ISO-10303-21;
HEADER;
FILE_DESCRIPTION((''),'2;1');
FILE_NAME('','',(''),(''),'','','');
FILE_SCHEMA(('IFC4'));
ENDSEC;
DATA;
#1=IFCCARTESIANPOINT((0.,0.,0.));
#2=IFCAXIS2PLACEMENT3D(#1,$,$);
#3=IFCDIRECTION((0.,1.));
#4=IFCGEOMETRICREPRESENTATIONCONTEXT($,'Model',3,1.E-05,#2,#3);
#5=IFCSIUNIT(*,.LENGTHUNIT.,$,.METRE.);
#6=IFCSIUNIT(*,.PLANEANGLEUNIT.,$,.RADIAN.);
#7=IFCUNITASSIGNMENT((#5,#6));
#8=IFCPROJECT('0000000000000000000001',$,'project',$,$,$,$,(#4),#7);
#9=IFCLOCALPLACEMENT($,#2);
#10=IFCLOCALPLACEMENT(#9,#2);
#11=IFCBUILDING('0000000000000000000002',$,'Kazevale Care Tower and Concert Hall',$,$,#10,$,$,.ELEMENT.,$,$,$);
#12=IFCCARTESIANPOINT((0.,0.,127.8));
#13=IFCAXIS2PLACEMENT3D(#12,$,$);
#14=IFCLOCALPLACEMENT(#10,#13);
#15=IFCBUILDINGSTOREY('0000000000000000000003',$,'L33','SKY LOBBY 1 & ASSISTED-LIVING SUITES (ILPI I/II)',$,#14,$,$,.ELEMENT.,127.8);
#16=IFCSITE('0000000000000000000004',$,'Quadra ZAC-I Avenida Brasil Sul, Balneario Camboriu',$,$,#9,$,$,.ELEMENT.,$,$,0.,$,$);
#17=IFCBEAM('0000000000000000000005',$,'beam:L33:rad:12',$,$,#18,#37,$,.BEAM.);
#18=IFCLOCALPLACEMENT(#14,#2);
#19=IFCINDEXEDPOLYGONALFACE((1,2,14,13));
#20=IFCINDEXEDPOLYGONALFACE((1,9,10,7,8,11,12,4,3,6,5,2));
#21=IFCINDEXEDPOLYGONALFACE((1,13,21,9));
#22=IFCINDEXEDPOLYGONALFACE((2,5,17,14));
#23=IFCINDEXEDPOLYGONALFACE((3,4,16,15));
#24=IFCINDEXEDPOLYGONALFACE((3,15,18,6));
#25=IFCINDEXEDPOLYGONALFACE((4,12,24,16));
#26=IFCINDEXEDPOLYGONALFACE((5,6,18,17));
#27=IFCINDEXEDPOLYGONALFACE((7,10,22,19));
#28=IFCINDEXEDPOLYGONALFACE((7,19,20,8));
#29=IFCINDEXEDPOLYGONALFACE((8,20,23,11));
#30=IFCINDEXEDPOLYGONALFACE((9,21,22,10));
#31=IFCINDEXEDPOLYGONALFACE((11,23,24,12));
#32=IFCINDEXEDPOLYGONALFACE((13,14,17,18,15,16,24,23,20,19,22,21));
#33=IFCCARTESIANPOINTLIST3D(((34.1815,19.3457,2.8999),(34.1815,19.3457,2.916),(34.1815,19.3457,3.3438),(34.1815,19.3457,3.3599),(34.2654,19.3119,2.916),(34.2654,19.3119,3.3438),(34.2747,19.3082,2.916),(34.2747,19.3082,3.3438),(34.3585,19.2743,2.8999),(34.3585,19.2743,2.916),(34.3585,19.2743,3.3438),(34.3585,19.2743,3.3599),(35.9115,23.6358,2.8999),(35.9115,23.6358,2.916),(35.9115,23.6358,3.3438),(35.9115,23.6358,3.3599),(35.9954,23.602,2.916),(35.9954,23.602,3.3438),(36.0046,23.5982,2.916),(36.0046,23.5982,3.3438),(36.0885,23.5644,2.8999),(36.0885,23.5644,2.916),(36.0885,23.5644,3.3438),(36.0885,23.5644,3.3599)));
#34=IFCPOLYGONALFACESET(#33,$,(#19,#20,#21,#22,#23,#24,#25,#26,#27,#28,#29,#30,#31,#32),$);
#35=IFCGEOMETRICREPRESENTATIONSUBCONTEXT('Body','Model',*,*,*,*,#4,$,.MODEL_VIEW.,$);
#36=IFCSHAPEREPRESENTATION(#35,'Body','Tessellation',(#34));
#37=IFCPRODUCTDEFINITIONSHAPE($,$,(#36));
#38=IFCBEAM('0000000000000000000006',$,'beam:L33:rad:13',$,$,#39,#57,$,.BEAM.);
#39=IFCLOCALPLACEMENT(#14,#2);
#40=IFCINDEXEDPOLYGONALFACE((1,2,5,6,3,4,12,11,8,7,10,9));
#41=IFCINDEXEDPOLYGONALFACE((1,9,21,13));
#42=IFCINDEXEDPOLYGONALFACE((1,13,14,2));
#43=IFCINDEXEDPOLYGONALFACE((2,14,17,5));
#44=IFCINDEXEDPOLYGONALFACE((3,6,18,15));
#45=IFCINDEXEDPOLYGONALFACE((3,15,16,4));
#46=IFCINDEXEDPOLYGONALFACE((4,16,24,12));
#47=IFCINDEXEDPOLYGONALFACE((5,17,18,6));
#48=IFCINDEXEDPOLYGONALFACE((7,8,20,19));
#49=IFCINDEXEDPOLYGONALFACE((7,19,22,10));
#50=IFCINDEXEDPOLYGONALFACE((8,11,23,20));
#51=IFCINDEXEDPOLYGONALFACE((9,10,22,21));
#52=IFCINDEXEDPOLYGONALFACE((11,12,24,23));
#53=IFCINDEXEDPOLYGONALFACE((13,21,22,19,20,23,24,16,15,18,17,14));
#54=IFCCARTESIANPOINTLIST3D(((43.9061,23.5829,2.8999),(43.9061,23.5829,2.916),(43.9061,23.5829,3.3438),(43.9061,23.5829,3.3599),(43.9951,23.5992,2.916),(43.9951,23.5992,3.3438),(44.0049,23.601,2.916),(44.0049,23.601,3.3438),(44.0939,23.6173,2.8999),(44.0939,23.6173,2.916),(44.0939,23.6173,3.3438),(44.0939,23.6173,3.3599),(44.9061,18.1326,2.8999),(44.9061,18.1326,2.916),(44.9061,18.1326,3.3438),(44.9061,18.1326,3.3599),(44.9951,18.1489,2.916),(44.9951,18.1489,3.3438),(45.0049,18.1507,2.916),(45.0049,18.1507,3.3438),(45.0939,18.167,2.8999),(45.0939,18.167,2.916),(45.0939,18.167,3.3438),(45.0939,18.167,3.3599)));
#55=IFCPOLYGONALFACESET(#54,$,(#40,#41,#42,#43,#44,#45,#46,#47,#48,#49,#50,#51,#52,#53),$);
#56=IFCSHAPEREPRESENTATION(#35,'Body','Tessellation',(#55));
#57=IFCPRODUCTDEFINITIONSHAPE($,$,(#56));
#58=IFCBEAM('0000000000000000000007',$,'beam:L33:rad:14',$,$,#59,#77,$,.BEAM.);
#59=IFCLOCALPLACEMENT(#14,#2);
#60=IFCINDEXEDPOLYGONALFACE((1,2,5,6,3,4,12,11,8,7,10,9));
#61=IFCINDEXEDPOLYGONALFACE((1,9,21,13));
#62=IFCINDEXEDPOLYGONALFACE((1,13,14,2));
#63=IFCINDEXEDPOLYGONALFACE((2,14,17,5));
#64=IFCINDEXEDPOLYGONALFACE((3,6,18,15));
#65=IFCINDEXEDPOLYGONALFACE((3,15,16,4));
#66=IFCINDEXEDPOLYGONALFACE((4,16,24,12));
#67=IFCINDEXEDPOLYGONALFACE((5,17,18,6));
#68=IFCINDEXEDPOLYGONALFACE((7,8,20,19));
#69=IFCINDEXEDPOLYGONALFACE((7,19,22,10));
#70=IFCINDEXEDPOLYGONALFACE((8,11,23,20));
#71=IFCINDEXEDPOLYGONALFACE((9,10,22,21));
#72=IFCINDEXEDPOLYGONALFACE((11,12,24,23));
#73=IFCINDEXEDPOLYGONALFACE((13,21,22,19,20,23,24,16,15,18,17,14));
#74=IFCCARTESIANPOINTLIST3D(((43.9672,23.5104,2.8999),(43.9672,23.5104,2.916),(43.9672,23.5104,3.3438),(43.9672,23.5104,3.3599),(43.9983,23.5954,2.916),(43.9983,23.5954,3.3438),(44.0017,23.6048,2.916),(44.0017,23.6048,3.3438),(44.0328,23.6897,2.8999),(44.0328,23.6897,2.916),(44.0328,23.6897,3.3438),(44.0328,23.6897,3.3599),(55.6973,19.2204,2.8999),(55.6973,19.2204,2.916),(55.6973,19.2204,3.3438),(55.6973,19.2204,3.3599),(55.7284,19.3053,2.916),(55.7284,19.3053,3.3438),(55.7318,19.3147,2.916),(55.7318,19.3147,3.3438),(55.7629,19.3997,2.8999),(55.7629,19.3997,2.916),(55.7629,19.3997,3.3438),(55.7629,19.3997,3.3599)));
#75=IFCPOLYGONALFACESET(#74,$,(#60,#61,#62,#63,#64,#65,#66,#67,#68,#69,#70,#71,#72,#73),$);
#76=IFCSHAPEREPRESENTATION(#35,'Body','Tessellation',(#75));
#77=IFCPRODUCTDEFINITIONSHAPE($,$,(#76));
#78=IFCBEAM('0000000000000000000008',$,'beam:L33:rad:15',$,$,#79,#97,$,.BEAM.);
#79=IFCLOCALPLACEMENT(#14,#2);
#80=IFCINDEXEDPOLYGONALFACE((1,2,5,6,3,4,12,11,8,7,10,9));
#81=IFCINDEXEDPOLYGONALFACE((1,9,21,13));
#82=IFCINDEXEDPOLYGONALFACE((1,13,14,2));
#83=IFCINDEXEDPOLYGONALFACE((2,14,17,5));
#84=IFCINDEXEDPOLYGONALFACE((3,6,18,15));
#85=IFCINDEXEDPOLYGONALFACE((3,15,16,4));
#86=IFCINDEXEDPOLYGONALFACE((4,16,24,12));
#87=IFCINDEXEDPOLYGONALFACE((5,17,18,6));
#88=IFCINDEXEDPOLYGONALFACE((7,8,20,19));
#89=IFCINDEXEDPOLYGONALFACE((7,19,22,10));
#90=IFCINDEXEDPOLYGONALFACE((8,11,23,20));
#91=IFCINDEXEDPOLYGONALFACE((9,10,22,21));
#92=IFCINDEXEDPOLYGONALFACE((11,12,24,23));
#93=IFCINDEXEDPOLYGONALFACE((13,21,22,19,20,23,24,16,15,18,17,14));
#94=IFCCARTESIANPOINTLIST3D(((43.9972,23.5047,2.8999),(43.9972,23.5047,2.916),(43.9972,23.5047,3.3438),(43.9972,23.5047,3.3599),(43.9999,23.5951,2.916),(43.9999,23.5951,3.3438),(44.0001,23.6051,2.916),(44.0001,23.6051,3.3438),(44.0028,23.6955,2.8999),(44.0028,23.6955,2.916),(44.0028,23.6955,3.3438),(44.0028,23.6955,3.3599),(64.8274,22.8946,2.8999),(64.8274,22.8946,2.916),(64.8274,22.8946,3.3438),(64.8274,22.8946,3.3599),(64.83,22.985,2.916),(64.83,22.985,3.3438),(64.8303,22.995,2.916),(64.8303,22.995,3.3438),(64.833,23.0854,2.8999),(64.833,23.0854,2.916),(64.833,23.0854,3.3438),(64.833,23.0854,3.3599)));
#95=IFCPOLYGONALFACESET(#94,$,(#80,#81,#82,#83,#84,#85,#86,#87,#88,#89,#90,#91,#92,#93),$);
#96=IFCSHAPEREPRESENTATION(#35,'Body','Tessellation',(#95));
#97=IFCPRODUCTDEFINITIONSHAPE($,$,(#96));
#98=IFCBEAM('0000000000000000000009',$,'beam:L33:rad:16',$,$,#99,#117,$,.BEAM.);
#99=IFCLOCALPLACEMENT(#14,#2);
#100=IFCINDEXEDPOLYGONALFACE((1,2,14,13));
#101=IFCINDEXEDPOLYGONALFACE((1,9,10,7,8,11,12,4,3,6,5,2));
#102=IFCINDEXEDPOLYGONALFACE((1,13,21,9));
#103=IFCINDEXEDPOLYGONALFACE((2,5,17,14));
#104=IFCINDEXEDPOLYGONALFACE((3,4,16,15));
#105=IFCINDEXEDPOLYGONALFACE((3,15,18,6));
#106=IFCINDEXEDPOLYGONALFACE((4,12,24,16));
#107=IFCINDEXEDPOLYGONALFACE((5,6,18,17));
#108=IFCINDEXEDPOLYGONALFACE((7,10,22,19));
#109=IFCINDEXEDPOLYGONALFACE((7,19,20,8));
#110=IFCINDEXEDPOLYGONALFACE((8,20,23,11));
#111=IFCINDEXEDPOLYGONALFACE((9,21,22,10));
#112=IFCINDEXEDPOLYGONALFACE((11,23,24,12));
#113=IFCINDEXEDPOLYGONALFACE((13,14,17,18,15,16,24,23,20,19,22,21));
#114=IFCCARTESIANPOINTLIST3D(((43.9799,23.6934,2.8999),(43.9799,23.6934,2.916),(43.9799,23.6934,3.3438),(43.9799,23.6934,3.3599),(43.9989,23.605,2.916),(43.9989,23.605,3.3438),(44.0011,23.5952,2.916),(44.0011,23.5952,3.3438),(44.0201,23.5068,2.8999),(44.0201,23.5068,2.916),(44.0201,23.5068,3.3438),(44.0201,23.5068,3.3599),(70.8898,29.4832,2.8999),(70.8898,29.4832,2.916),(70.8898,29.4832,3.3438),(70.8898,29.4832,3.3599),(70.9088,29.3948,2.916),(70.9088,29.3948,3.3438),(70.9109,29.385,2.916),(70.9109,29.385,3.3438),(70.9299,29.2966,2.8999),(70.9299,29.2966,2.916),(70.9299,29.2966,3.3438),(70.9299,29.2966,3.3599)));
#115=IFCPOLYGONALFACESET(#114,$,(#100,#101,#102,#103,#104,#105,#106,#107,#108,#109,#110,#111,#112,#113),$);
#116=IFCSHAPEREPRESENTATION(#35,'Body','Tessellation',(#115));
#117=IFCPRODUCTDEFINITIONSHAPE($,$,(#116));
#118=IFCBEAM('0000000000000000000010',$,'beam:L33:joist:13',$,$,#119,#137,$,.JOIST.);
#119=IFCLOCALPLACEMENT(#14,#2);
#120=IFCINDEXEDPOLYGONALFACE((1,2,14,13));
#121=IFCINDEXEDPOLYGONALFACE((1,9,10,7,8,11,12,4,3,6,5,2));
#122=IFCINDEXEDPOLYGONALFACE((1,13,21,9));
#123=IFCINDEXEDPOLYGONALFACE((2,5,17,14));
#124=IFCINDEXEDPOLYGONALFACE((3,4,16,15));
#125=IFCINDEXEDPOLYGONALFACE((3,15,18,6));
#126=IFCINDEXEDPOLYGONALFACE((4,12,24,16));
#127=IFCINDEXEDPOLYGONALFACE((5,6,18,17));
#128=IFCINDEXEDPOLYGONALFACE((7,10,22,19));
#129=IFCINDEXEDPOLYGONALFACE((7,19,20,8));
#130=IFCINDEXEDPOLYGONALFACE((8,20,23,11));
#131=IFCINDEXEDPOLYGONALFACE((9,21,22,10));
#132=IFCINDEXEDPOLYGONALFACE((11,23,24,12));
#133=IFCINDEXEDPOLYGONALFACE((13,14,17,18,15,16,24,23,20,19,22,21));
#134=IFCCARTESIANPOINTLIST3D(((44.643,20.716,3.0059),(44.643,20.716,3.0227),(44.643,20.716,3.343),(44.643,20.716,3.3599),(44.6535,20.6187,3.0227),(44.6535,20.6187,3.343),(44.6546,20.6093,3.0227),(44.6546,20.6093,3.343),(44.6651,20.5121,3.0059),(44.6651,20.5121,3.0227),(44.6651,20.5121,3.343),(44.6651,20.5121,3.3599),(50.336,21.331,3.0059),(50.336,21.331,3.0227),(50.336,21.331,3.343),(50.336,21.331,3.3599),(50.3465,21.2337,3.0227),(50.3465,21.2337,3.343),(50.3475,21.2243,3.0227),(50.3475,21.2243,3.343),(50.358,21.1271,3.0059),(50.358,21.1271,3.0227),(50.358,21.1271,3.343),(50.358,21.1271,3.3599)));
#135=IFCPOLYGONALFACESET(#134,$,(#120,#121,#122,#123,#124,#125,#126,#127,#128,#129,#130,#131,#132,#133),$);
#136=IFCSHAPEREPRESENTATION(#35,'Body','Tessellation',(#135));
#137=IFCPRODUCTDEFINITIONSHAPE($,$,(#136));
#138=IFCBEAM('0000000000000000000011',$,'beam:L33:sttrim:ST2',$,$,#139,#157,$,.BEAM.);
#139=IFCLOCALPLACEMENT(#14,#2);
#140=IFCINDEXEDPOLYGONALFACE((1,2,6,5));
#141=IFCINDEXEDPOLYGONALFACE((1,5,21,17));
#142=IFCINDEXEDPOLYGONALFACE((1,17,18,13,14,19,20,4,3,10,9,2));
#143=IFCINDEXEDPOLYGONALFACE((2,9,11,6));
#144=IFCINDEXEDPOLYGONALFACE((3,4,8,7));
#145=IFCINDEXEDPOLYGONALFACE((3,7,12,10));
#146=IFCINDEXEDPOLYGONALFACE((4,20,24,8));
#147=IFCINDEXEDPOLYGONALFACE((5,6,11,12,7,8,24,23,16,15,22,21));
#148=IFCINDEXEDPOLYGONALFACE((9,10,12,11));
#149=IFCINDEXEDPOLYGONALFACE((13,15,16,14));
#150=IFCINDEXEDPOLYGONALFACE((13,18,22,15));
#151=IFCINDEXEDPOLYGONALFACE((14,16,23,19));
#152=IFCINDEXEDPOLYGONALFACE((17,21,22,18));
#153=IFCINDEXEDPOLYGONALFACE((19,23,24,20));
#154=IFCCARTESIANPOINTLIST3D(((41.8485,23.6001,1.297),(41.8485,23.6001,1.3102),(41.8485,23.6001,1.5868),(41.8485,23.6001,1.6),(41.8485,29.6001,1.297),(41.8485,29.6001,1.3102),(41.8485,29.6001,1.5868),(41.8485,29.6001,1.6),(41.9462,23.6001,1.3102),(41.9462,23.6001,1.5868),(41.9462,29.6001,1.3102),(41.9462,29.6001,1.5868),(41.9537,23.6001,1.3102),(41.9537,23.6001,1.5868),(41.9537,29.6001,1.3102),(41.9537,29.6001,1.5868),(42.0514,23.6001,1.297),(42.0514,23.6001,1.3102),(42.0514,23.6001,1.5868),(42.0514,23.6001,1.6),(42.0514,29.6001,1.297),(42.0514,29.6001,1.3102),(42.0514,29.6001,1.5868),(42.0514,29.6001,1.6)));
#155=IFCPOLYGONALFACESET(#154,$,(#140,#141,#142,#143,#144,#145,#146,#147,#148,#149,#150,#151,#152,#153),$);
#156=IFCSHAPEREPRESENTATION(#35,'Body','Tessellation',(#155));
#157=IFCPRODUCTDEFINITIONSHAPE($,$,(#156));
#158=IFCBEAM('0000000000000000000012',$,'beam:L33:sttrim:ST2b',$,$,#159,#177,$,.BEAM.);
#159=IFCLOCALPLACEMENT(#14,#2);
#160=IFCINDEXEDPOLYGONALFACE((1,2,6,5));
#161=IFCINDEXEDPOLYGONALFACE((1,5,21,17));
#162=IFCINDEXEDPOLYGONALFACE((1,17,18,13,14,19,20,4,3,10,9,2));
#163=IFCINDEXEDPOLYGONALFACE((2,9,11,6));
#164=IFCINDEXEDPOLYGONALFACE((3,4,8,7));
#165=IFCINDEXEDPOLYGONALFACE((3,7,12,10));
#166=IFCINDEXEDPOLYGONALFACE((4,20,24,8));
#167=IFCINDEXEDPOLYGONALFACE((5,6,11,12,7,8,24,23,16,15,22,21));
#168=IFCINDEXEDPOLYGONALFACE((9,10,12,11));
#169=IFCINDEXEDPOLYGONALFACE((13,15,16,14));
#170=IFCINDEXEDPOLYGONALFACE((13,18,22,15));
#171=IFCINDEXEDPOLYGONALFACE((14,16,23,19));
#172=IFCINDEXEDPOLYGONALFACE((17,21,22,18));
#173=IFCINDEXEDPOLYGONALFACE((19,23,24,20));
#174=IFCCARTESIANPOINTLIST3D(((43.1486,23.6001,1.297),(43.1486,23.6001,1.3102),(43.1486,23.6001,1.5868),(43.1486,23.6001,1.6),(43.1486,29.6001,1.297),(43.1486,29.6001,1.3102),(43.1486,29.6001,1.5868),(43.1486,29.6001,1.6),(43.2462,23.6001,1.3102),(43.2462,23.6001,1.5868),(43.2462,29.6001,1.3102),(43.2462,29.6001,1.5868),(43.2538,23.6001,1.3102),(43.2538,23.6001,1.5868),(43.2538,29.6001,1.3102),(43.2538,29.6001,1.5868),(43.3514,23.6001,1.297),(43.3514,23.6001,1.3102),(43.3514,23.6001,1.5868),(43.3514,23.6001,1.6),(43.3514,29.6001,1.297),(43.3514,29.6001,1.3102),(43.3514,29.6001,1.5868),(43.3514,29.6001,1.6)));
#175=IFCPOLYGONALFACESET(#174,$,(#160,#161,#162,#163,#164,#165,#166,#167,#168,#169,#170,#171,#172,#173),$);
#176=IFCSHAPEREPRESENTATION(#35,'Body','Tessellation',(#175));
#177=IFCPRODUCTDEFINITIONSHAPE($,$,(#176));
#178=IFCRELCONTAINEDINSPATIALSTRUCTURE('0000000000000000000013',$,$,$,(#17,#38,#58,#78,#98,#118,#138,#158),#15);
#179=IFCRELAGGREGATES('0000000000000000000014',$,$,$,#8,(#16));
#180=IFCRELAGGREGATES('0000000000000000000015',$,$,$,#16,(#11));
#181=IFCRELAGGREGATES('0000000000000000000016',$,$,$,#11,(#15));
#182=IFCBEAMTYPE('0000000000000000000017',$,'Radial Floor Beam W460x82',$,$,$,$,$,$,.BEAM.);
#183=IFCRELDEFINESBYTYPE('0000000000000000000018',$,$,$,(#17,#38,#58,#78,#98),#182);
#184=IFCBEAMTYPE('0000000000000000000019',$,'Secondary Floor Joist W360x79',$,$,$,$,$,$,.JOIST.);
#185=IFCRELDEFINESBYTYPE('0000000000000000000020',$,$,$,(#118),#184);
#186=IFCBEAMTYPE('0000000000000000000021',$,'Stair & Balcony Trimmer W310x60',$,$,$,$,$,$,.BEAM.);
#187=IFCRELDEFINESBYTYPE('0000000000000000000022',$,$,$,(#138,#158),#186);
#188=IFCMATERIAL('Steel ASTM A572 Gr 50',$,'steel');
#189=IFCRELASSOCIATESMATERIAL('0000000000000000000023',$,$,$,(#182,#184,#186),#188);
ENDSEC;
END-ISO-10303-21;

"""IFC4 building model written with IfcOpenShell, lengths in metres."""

from ifc_helpers import new_model, si_unit, direction, frame, origin, origin_2d, place, context, subcontext, project, spatial, i_section, extrude, material, material_profile, profile_set, type_object, element, save


model = new_model("IFC4")

# Units and contexts
model_context = context("Model", 3, precision=1e-05, world=origin(), true_north=direction((0.0, 1.0)))
body_context = subcontext(model_context, "Body", "Model", "MODEL_VIEW")
ifc_project = project(units=[si_unit("LENGTHUNIT", "METRE"), si_unit("PLANEANGLEUNIT", "RADIAN")], contexts=[model_context])

# Site, building, storey
site_placement = place(None, origin())
site = spatial("IfcSite", under=ifc_project, at=site_placement, Name="Quadra ZAC-I Avenida Brasil Sul, Balneario Camboriu", CompositionType="ELEMENT", RefElevation=0.0)
building_placement = place(site_placement, origin())
building = spatial("IfcBuilding", under=site, at=building_placement, Name="Kazevale Care Tower and Concert Hall", CompositionType="ELEMENT")
storey_placement = place(building_placement, frame((0.0, 0.0, 127.8)))
storey = spatial("IfcBuildingStorey", under=building, at=storey_placement, Name="L33", Description="SKY LOBBY 1 & ASSISTED-LIVING SUITES (ILPI I/II)", CompositionType="ELEMENT", Elevation=127.8)

# Beams
ifc_material_1 = material(Name="Steel ASTM A572 Gr 50", Category="steel")
ifc_material_profile_1 = material_profile(ifc_material_1, i_section(OverallWidth=0.1909, OverallDepth=0.46, WebThickness=0.01, FlangeThickness=0.0161, at=origin_2d()), Name="W460x82")
ifc_profile_set_1 = profile_set([ifc_material_profile_1], Name="Steel ASTM A572 Gr 50")
beam_type_1 = type_object("IfcBeamType", Name="Radial Floor Beam W460x82", PredefinedType="BEAM", material=ifc_profile_set_1)
beam_1_placement = place(storey_placement, frame((36.0, 23.6001, 3.1299), z_axis=(-0.373992, -0.927432, 0.0), x_axis=(0.927432, -0.373992, 0.0)))
element("IfcBeam", 1, at=beam_1_placement, inside=storey, type_object=beam_type_1, Name="beam:L33:rad:12", PredefinedType="BEAM", context=body_context, shape_type="SweptSolid", body=[
    extrude(i_section(OverallWidth=0.1909, OverallDepth=0.46, WebThickness=0.01, FlangeThickness=0.0161, at=origin_2d()), origin(), (0.0, 0.0, 1.0), 4.6257),
])
beam_2_placement = place(storey_placement, frame((44.0, 23.6001, 3.1299), z_axis=(0.180467, -0.983581, 0.0), x_axis=(0.983581, 0.180467, 0.0)))
element("IfcBeam", 2, at=beam_2_placement, inside=storey, type_object=beam_type_1, Name="beam:L33:rad:13", PredefinedType="BEAM", context=body_context, shape_type="SweptSolid", body=[
    extrude(i_section(OverallWidth=0.1909, OverallDepth=0.46, WebThickness=0.01, FlangeThickness=0.0161, at=origin_2d()), origin(), (0.0, 0.0, 1.0), 5.5413),
])
beam_3_placement = place(storey_placement, frame((44.0, 23.6001, 3.1299), z_axis=(0.939159, -0.343481, 0.0), x_axis=(0.343481, 0.939159, 0.0)))
element("IfcBeam", 3, at=beam_3_placement, inside=storey, type_object=beam_type_1, Name="beam:L33:rad:14", PredefinedType="BEAM", context=body_context, shape_type="SweptSolid", body=[
    extrude(i_section(OverallWidth=0.1909, OverallDepth=0.46, WebThickness=0.01, FlangeThickness=0.0161, at=origin_2d()), origin(), (0.0, 0.0, 1.0), 12.49),
])
beam_4_placement = place(storey_placement, frame((44.0, 23.6001, 3.1299), z_axis=(0.999571, -0.029277, 0.0), x_axis=(0.029277, 0.999571, 0.0)))
element("IfcBeam", 4, at=beam_4_placement, inside=storey, type_object=beam_type_1, Name="beam:L33:rad:15", PredefinedType="BEAM", context=body_context, shape_type="SweptSolid", body=[
    extrude(i_section(OverallWidth=0.1909, OverallDepth=0.46, WebThickness=0.01, FlangeThickness=0.0161, at=origin_2d()), origin(), (0.0, 0.0, 1.0), 20.8391),
])
beam_5_placement = place(storey_placement, frame((44.0, 23.6001, 3.1299), z_axis=(0.977628, 0.210341, 0.0), x_axis=(-0.210341, 0.977628, 0.0)))
element("IfcBeam", 5, at=beam_5_placement, inside=storey, type_object=beam_type_1, Name="beam:L33:rad:16", PredefinedType="BEAM", context=body_context, shape_type="SweptSolid", body=[
    extrude(i_section(OverallWidth=0.1909, OverallDepth=0.46, WebThickness=0.01, FlangeThickness=0.0161, at=origin_2d()), origin(), (0.0, 0.0, 1.0), 27.5256),
])
ifc_material_profile_2 = material_profile(ifc_material_1, i_section(OverallWidth=0.2051, OverallDepth=0.354, WebThickness=0.0095, FlangeThickness=0.0168, at=origin_2d()), Name="W360x79")
ifc_profile_set_2 = profile_set([ifc_material_profile_2], Name="Steel ASTM A572 Gr 50")
beam_type_2 = type_object("IfcBeamType", Name="Secondary Floor Joist W360x79", PredefinedType="JOIST", material=ifc_profile_set_2)
beam_6_placement = place(storey_placement, frame((44.6541, 20.614, 3.1829), z_axis=(0.994216, 0.107403, 0.0), x_axis=(-0.107403, 0.994216, 0.0)))
element("IfcBeam", 6, at=beam_6_placement, inside=storey, type_object=beam_type_2, Name="beam:L33:joist:13", PredefinedType="JOIST", context=body_context, shape_type="SweptSolid", body=[
    extrude(i_section(OverallWidth=0.2051, OverallDepth=0.354, WebThickness=0.0095, FlangeThickness=0.0168, at=origin_2d()), origin(), (0.0, 0.0, 1.0), 5.7261),
])
ifc_material_profile_3 = material_profile(ifc_material_1, i_section(OverallWidth=0.2029, OverallDepth=0.303, WebThickness=0.0076, FlangeThickness=0.0132, at=origin_2d()), Name="W310x60")
ifc_profile_set_3 = profile_set([ifc_material_profile_3], Name="Steel ASTM A572 Gr 50")
beam_type_3 = type_object("IfcBeamType", Name="Stair & Balcony Trimmer W310x60", PredefinedType="BEAM", material=ifc_profile_set_3)
for number, where, z_axis, x_axis, name in (
    (7, (41.95, 23.6001, 1.4485), (0.0, 1.0, 0.0), (-1.0, 0.0, 0.0), "beam:L33:sttrim:ST2"),
    (8, (43.25, 23.6001, 1.4485), (0.0, 1.0, 0.0), (-1.0, 0.0, 0.0), "beam:L33:sttrim:ST2b"),
):
    element("IfcBeam", number, at=place(storey_placement, frame(where, z_axis=z_axis, x_axis=x_axis)), inside=storey, type_object=beam_type_3, Name=name, PredefinedType="BEAM", context=body_context, shape_type="SweptSolid", body=[
        extrude(i_section(OverallWidth=0.2029, OverallDepth=0.303, WebThickness=0.0076, FlangeThickness=0.0132, at=origin_2d()), origin(), (0.0, 0.0, 1.0), 6.0),
    ])

save(model, "model.ifc")
